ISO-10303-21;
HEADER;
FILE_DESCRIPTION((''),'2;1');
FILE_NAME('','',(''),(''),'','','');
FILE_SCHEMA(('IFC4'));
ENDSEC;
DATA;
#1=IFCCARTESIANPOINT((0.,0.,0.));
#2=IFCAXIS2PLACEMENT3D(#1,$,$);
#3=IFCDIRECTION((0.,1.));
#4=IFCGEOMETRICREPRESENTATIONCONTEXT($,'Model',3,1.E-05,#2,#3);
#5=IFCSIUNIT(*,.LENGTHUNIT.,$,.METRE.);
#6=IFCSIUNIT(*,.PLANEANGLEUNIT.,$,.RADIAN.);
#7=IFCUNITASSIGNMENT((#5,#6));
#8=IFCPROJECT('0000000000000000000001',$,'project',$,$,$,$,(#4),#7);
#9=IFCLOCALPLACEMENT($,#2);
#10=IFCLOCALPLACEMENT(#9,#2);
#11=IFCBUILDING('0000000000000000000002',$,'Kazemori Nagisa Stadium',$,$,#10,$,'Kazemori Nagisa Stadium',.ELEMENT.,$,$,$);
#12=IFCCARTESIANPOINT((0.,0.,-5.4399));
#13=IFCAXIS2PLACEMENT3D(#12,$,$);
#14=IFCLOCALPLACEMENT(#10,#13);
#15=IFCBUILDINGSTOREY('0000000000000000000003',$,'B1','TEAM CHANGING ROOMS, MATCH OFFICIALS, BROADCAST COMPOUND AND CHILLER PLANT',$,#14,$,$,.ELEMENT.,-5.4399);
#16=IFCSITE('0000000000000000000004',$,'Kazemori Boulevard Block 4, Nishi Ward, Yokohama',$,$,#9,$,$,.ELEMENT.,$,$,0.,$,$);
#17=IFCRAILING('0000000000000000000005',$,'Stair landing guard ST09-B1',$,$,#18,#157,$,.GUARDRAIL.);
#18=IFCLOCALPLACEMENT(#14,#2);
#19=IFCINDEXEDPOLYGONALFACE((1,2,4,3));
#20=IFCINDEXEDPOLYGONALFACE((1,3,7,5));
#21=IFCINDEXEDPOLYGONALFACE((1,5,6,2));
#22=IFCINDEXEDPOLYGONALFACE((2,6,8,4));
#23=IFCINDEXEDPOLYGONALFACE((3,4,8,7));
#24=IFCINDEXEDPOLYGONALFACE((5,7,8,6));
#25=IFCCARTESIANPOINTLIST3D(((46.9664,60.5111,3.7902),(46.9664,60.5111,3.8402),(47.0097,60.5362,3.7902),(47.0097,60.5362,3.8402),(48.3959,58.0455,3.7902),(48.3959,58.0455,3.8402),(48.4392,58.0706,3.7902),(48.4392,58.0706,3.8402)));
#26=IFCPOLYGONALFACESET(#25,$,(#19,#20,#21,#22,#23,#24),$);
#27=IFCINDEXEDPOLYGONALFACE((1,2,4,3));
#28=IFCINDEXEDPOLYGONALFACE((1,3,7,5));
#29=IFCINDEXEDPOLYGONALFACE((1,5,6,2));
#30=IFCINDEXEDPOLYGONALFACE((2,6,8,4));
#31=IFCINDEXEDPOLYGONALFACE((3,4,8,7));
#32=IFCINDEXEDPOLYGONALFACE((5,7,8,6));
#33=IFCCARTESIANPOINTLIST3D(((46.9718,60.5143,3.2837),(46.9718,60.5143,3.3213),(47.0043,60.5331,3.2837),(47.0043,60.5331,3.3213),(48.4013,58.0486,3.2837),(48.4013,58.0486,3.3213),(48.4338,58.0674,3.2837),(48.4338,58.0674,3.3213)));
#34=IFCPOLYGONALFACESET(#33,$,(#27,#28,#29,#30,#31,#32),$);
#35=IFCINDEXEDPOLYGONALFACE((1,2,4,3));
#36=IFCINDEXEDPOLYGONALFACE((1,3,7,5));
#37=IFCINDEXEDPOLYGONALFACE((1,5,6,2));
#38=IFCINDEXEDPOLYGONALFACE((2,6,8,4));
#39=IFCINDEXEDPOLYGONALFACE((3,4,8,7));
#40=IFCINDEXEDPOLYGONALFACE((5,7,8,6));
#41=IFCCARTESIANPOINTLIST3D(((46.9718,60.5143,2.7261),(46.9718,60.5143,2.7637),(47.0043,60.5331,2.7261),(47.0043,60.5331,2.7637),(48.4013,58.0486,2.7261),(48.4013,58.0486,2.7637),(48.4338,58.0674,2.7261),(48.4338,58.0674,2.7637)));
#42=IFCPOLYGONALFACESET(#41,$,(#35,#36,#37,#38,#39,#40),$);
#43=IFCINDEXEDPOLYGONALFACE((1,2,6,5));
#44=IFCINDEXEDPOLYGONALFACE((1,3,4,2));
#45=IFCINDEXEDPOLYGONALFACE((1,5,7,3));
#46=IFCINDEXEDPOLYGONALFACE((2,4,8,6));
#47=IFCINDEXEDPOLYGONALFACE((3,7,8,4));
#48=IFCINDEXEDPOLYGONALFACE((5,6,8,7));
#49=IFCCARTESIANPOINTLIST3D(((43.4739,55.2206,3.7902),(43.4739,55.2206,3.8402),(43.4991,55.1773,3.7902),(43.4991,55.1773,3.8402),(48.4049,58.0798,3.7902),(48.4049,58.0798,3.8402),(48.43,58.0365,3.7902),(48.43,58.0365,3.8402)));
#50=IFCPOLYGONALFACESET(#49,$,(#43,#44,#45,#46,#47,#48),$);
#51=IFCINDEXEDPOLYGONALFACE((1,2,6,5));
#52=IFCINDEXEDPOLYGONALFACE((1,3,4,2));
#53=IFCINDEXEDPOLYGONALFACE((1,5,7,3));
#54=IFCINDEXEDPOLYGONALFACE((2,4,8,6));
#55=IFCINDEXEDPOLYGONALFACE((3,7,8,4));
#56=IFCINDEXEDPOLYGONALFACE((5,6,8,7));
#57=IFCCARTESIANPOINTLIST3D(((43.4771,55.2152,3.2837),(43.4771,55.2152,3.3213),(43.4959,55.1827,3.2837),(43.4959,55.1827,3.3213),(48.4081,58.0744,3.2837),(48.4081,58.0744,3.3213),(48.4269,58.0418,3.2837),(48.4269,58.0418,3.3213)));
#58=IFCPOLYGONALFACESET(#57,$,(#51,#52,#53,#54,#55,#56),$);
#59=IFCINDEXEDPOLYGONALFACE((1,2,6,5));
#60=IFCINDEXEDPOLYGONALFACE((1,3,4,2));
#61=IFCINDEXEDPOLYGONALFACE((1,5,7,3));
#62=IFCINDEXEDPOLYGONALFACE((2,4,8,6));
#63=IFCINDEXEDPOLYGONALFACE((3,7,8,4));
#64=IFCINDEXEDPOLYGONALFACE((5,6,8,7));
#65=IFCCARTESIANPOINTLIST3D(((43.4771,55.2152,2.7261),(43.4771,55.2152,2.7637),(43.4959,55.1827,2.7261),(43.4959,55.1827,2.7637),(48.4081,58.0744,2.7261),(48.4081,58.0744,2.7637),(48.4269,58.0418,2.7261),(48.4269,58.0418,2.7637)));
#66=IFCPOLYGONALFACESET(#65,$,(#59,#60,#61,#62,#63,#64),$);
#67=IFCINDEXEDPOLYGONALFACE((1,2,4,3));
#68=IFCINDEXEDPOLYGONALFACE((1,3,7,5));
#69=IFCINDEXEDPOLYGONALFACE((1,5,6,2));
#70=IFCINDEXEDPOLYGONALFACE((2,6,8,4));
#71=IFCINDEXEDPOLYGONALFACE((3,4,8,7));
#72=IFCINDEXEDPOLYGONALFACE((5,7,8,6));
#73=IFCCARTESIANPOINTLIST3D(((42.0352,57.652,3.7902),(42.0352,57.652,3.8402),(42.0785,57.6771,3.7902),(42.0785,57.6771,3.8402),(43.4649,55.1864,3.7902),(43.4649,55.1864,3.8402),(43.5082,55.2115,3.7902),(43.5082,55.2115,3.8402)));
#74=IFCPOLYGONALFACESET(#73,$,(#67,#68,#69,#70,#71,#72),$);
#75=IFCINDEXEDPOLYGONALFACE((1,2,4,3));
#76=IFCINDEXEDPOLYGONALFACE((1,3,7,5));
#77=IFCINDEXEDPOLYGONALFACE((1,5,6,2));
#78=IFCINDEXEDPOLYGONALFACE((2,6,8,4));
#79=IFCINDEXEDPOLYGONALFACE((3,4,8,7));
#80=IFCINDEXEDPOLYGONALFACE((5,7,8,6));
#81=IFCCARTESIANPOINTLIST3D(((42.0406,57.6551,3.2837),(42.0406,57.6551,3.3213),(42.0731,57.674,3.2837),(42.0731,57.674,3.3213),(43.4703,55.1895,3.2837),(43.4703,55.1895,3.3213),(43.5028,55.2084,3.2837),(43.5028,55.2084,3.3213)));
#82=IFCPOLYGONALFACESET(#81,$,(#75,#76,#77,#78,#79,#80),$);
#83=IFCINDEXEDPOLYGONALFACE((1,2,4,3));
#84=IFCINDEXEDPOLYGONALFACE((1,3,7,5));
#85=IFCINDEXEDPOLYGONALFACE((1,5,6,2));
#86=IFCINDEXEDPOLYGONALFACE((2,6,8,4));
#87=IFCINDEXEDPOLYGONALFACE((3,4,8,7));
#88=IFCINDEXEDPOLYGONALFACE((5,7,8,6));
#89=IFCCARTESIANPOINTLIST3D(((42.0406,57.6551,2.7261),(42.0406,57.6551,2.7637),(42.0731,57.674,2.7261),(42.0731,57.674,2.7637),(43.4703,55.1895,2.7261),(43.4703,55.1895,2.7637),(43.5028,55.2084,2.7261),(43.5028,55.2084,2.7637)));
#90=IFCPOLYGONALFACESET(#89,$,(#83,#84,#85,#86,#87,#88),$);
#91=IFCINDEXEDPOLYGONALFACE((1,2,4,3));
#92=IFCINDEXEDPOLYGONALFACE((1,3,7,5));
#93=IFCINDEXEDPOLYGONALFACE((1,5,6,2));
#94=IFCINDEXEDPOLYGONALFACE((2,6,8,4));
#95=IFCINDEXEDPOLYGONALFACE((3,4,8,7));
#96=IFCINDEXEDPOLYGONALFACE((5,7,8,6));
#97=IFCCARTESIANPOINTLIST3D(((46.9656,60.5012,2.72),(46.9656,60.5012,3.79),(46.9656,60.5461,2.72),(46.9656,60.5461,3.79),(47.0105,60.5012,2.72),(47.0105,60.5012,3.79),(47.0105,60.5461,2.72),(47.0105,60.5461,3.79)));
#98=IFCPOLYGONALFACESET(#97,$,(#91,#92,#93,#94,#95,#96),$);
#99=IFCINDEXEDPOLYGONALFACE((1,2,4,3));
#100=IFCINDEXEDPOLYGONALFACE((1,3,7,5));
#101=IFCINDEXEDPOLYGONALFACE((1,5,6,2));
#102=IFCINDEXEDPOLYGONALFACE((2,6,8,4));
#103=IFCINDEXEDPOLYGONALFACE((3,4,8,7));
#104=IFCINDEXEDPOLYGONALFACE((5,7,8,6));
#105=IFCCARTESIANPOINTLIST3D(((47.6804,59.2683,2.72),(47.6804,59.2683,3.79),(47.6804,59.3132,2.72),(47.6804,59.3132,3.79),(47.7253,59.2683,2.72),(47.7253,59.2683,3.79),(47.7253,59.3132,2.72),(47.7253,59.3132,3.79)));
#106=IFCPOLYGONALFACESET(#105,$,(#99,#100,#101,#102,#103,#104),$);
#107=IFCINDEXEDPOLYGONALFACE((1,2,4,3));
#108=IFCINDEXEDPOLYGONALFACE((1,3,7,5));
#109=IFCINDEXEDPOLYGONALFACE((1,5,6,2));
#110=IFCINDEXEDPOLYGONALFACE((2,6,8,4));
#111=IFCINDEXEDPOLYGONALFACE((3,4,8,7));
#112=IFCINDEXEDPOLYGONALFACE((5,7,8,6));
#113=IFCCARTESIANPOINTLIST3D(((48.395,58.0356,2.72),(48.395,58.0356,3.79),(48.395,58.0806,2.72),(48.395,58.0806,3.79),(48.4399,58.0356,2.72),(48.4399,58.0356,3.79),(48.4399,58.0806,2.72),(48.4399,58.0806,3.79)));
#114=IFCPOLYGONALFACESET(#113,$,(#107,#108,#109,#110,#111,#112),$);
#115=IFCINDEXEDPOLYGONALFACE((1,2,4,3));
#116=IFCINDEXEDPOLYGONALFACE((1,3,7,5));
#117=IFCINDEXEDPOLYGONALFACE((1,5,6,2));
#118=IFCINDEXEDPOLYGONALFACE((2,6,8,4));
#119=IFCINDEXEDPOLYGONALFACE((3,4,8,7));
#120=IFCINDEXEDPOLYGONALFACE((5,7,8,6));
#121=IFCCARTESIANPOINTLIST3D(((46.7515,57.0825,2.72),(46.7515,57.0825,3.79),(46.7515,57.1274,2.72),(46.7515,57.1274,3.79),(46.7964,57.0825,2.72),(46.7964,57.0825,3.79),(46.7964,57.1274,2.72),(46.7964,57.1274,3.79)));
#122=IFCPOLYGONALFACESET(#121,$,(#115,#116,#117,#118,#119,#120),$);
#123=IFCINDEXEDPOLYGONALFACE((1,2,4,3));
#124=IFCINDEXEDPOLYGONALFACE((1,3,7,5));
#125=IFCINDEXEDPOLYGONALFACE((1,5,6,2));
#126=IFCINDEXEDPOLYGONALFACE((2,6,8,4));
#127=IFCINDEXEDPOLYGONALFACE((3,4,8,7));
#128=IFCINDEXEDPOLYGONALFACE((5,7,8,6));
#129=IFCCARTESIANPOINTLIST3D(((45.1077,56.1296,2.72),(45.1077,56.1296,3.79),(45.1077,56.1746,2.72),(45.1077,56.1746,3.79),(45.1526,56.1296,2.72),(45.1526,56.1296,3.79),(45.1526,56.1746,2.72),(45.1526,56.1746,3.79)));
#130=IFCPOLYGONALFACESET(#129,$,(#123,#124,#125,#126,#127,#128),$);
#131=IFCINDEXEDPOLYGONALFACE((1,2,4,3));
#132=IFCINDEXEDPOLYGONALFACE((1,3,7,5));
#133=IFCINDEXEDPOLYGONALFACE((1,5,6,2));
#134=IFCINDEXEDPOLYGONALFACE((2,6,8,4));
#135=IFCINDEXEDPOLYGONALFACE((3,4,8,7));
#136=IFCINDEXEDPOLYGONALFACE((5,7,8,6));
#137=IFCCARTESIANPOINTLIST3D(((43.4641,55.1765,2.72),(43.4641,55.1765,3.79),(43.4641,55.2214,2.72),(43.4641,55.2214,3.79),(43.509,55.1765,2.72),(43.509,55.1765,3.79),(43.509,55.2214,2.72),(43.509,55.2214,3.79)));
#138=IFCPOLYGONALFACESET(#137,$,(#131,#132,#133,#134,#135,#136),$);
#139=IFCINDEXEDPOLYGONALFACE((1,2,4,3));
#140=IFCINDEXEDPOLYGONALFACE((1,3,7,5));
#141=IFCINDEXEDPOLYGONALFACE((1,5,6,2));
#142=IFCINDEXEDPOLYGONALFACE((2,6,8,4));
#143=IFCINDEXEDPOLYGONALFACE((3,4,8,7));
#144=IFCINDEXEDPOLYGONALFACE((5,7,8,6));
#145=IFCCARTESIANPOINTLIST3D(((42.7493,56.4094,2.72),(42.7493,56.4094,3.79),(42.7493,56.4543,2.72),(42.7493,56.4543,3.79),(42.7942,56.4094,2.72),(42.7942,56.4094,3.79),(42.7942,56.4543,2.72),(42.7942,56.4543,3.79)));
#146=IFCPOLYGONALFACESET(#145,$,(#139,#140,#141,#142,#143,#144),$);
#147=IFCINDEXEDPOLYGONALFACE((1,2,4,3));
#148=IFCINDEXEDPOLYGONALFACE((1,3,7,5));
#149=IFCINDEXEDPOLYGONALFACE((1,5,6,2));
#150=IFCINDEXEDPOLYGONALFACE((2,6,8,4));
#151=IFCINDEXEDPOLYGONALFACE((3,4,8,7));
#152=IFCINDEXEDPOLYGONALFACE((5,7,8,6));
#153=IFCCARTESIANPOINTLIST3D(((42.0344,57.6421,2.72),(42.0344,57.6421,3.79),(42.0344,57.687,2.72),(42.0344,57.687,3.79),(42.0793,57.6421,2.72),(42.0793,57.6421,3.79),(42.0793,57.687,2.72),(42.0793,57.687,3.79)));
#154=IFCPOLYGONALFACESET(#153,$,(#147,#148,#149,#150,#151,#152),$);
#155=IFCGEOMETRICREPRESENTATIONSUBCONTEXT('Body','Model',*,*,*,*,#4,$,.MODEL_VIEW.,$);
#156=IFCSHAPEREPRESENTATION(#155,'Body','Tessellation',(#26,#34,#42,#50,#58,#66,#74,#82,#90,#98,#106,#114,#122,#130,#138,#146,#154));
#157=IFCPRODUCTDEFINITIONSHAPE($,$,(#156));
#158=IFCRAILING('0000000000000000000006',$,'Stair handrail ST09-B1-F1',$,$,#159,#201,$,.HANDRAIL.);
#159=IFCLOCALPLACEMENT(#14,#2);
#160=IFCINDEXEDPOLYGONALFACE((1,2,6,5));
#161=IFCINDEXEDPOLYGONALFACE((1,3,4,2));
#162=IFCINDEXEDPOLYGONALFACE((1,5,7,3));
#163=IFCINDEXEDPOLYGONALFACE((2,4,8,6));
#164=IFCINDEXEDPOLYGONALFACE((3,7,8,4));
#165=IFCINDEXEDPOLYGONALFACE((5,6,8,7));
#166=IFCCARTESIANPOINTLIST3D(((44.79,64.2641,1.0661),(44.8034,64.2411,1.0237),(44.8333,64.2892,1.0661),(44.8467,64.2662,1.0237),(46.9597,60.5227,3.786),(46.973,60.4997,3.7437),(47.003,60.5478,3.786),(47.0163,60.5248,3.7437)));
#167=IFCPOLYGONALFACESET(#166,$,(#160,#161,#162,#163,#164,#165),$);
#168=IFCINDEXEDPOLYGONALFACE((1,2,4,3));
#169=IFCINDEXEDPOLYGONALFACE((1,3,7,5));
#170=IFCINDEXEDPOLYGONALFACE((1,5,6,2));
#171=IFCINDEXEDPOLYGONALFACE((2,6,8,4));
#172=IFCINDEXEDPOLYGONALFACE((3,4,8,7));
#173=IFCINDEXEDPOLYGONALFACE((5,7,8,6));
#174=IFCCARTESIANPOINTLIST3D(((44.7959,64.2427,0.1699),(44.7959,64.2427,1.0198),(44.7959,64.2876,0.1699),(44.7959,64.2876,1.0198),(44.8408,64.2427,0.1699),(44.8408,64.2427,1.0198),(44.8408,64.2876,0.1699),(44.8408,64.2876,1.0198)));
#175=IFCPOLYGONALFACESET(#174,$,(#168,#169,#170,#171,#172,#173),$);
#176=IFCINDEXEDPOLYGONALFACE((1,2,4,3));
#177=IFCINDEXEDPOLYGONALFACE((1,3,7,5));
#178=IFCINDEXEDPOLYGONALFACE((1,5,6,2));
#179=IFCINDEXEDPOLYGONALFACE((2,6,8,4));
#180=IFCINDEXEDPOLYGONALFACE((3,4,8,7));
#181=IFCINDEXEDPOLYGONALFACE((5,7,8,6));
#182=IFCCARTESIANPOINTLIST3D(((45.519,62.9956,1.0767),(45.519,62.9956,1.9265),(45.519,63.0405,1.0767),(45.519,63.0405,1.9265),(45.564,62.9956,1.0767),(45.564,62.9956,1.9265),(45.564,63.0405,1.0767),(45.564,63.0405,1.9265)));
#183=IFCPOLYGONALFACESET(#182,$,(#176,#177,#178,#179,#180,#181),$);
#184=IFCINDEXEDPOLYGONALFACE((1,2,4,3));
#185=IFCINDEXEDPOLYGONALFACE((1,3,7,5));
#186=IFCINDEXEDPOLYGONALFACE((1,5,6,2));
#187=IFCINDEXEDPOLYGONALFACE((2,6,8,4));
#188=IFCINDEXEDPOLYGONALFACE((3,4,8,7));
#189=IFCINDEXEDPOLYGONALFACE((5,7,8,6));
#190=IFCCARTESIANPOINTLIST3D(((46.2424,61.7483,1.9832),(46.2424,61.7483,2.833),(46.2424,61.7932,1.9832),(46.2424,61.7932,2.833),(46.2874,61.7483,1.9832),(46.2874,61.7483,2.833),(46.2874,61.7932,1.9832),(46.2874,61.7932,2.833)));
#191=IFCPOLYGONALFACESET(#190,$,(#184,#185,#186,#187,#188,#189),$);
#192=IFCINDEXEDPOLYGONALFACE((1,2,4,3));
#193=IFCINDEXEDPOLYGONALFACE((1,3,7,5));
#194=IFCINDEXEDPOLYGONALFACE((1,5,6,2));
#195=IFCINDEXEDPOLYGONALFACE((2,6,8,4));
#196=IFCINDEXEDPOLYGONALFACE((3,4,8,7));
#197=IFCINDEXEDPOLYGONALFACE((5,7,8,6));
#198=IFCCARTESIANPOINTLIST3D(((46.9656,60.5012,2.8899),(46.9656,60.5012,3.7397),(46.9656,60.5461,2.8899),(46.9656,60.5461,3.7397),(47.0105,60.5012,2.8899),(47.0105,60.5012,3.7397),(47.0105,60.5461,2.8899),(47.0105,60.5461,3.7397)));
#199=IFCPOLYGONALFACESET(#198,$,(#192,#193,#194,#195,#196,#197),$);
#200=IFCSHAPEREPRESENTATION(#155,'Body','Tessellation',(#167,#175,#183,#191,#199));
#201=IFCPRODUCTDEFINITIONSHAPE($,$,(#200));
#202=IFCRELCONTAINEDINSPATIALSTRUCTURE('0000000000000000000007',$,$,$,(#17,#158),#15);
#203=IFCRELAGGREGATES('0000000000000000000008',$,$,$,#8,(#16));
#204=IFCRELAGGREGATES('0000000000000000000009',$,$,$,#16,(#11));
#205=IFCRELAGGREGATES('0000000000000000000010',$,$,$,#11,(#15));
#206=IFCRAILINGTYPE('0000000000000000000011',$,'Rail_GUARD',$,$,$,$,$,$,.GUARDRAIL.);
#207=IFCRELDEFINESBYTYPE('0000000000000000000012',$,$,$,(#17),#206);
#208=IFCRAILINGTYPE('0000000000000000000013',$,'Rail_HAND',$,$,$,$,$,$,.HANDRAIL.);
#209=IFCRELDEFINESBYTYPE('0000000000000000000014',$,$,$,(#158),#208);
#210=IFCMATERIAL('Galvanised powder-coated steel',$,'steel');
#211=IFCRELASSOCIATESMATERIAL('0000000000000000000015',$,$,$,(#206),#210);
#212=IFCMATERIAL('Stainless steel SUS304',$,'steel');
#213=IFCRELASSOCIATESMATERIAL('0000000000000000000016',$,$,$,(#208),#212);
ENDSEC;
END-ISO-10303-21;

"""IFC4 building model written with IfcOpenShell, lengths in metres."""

from ifc_helpers import new_model, si_unit, direction, frame, origin, origin_2d, place, context, subcontext, project, spatial, rectangle, extrude, material, type_object, element, save


model = new_model("IFC4")

# Units and contexts
model_context = context("Model", 3, precision=1e-05, world=origin(), true_north=direction((0.0, 1.0)))
body_context = subcontext(model_context, "Body", "Model", "MODEL_VIEW")
ifc_project = project(units=[si_unit("LENGTHUNIT", "METRE"), si_unit("PLANEANGLEUNIT", "RADIAN")], contexts=[model_context])

# Site, building, storey
site_placement = place(None, origin())
site = spatial("IfcSite", under=ifc_project, at=site_placement, Name="Kazemori Boulevard Block 4, Nishi Ward, Yokohama", CompositionType="ELEMENT", RefElevation=0.0)
building_placement = place(site_placement, origin())
building = spatial("IfcBuilding", under=site, at=building_placement, Name="Kazemori Nagisa Stadium", LongName="Kazemori Nagisa Stadium", CompositionType="ELEMENT")
storey_placement = place(building_placement, frame((0.0, 0.0, -5.4399)))
storey = spatial("IfcBuildingStorey", under=building, at=storey_placement, Name="B1", Description="TEAM CHANGING ROOMS, MATCH OFFICIALS, BROADCAST COMPOUND AND CHILLER PLANT", CompositionType="ELEMENT", Elevation=-5.4399)

# Shared definitions
ifc_material_1 = material(Name="Stainless steel SUS304", Category="steel")

# Railings
ifc_material_2 = material(Name="Galvanised powder-coated steel", Category="steel")
railing_type_1 = type_object("IfcRailingType", Name="Rail_GUARD", PredefinedType="GUARDRAIL", material=ifc_material_2)
railing_1_placement = place(storey_placement, frame((46.988, 60.5237, 2.72)))
element("IfcRailing", 1, at=railing_1_placement, inside=storey, type_object=railing_type_1, Name="Stair landing guard ST09-B1", PredefinedType="GUARDRAIL", context=body_context, shape_type="SweptSolid", body=[
    extrude(rectangle(XDim=0.05, YDim=0.05, at=origin_2d()), frame((0.0, 0.0, 1.0952), z_axis=(0.501563, -0.865121, 0.0), x_axis=(0.865121, 0.501563, 0.0)), (0.0, 0.0, 1.0), 2.8501),
    extrude(rectangle(XDim=0.0376, YDim=0.0376, at=origin_2d()), frame((0.0, 0.0, 0.5825), z_axis=(0.501563, -0.865121, 0.0), x_axis=(0.865121, 0.501563, 0.0)), (0.0, 0.0, 1.0), 2.8501),
    extrude(rectangle(XDim=0.0376, YDim=0.0376, at=origin_2d()), frame((0.0, 0.0, 0.0249), z_axis=(0.501563, -0.865121, 0.0), x_axis=(0.865121, 0.501563, 0.0)), (0.0, 0.0, 1.0), 2.8501),
    extrude(rectangle(XDim=0.05, YDim=0.05, at=origin_2d()), frame((1.4294, -2.4656, 1.0952), z_axis=(-0.865092, -0.501614, 0.0), x_axis=(0.501614, -0.865092, 0.0)), (0.0, 0.0, 1.0), 5.7),
    extrude(rectangle(XDim=0.0376, YDim=0.0376, at=origin_2d()), frame((1.4294, -2.4656, 0.5825), z_axis=(-0.865092, -0.501614, 0.0), x_axis=(0.501614, -0.865092, 0.0)), (0.0, 0.0, 1.0), 5.7),
    extrude(rectangle(XDim=0.0376, YDim=0.0376, at=origin_2d()), frame((1.4294, -2.4656, 0.0249), z_axis=(-0.865092, -0.501614, 0.0), x_axis=(0.501614, -0.865092, 0.0)), (0.0, 0.0, 1.0), 5.7),
    extrude(rectangle(XDim=0.05, YDim=0.05, at=origin_2d()), frame((-3.5015, -5.3247, 1.0952), z_axis=(-0.501627, 0.865084, 0.0), x_axis=(-0.865084, -0.501627, 0.0)), (0.0, 0.0, 1.0), 2.8501),
    extrude(rectangle(XDim=0.0376, YDim=0.0376, at=origin_2d()), frame((-3.5015, -5.3247, 0.5825), z_axis=(-0.501627, 0.865084, 0.0), x_axis=(-0.865084, -0.501627, 0.0)), (0.0, 0.0, 1.0), 2.8501),
    extrude(rectangle(XDim=0.0376, YDim=0.0376, at=origin_2d()), frame((-3.5015, -5.3247, 0.0249), z_axis=(-0.501627, 0.865084, 0.0), x_axis=(-0.865084, -0.501627, 0.0)), (0.0, 0.0, 1.0), 2.8501),
    extrude(rectangle(XDim=0.0449, YDim=0.0449, at=origin_2d()), origin(), (0.0, 0.0, 1.0), 1.0701),
    extrude(rectangle(XDim=0.0449, YDim=0.0449, at=origin_2d()), frame((0.7148, -1.2329, 0.0)), (0.0, 0.0, 1.0), 1.0701),
    extrude(rectangle(XDim=0.0449, YDim=0.0449, at=origin_2d()), frame((1.4294, -2.4656, 0.0)), (0.0, 0.0, 1.0), 1.0701),
    extrude(rectangle(XDim=0.0449, YDim=0.0449, at=origin_2d()), frame((-0.2141, -3.4187, 0.0)), (0.0, 0.0, 1.0), 1.0701),
    extrude(rectangle(XDim=0.0449, YDim=0.0449, at=origin_2d()), frame((-1.8579, -4.3716, 0.0)), (0.0, 0.0, 1.0), 1.0701),
    extrude(rectangle(XDim=0.0449, YDim=0.0449, at=origin_2d()), frame((-3.5015, -5.3247, 0.0)), (0.0, 0.0, 1.0), 1.0701),
    extrude(rectangle(XDim=0.0449, YDim=0.0449, at=origin_2d()), frame((-4.2163, -4.0918, 0.0)), (0.0, 0.0, 1.0), 1.0701),
    extrude(rectangle(XDim=0.0449, YDim=0.0449, at=origin_2d()), frame((-4.9312, -2.8591, 0.0)), (0.0, 0.0, 1.0), 1.0701),
])
railing_type_2 = type_object("IfcRailingType", Name="Rail_HAND", PredefinedType="HANDRAIL", material=ifc_material_1)
railing_2_placement = place(storey_placement, frame((44.8184, 64.2651, 0.1699)))
element("IfcRailing", 2, at=railing_2_placement, inside=storey, type_object=railing_type_2, Name="Stair handrail ST09-B1-F1", PredefinedType="HANDRAIL", context=body_context, shape_type="SweptSolid", body=[
    extrude(rectangle(XDim=0.05, YDim=0.05, at=origin_2d()), frame((0.0, 0.0, 0.875), z_axis=(0.424658, -0.732293, 0.532364), x_axis=(0.865068, 0.501655, 0.0)), (0.0, 0.0, 1.0), 5.1091),
    extrude(rectangle(XDim=0.0449, YDim=0.0449, at=origin_2d()), origin(), (0.0, 0.0, 1.0), 0.8499),
    extrude(rectangle(XDim=0.0449, YDim=0.0449, at=origin_2d()), frame((0.7231, -1.2471, 0.9067)), (0.0, 0.0, 1.0), 0.8499),
    extrude(rectangle(XDim=0.0449, YDim=0.0449, at=origin_2d()), frame((1.4465, -2.4944, 1.8132)), (0.0, 0.0, 1.0), 0.8499),
    extrude(rectangle(XDim=0.0449, YDim=0.0449, at=origin_2d()), frame((2.1697, -3.7415, 2.72)), (0.0, 0.0, 1.0), 0.8499),
])

save(model, "model.ifc")
